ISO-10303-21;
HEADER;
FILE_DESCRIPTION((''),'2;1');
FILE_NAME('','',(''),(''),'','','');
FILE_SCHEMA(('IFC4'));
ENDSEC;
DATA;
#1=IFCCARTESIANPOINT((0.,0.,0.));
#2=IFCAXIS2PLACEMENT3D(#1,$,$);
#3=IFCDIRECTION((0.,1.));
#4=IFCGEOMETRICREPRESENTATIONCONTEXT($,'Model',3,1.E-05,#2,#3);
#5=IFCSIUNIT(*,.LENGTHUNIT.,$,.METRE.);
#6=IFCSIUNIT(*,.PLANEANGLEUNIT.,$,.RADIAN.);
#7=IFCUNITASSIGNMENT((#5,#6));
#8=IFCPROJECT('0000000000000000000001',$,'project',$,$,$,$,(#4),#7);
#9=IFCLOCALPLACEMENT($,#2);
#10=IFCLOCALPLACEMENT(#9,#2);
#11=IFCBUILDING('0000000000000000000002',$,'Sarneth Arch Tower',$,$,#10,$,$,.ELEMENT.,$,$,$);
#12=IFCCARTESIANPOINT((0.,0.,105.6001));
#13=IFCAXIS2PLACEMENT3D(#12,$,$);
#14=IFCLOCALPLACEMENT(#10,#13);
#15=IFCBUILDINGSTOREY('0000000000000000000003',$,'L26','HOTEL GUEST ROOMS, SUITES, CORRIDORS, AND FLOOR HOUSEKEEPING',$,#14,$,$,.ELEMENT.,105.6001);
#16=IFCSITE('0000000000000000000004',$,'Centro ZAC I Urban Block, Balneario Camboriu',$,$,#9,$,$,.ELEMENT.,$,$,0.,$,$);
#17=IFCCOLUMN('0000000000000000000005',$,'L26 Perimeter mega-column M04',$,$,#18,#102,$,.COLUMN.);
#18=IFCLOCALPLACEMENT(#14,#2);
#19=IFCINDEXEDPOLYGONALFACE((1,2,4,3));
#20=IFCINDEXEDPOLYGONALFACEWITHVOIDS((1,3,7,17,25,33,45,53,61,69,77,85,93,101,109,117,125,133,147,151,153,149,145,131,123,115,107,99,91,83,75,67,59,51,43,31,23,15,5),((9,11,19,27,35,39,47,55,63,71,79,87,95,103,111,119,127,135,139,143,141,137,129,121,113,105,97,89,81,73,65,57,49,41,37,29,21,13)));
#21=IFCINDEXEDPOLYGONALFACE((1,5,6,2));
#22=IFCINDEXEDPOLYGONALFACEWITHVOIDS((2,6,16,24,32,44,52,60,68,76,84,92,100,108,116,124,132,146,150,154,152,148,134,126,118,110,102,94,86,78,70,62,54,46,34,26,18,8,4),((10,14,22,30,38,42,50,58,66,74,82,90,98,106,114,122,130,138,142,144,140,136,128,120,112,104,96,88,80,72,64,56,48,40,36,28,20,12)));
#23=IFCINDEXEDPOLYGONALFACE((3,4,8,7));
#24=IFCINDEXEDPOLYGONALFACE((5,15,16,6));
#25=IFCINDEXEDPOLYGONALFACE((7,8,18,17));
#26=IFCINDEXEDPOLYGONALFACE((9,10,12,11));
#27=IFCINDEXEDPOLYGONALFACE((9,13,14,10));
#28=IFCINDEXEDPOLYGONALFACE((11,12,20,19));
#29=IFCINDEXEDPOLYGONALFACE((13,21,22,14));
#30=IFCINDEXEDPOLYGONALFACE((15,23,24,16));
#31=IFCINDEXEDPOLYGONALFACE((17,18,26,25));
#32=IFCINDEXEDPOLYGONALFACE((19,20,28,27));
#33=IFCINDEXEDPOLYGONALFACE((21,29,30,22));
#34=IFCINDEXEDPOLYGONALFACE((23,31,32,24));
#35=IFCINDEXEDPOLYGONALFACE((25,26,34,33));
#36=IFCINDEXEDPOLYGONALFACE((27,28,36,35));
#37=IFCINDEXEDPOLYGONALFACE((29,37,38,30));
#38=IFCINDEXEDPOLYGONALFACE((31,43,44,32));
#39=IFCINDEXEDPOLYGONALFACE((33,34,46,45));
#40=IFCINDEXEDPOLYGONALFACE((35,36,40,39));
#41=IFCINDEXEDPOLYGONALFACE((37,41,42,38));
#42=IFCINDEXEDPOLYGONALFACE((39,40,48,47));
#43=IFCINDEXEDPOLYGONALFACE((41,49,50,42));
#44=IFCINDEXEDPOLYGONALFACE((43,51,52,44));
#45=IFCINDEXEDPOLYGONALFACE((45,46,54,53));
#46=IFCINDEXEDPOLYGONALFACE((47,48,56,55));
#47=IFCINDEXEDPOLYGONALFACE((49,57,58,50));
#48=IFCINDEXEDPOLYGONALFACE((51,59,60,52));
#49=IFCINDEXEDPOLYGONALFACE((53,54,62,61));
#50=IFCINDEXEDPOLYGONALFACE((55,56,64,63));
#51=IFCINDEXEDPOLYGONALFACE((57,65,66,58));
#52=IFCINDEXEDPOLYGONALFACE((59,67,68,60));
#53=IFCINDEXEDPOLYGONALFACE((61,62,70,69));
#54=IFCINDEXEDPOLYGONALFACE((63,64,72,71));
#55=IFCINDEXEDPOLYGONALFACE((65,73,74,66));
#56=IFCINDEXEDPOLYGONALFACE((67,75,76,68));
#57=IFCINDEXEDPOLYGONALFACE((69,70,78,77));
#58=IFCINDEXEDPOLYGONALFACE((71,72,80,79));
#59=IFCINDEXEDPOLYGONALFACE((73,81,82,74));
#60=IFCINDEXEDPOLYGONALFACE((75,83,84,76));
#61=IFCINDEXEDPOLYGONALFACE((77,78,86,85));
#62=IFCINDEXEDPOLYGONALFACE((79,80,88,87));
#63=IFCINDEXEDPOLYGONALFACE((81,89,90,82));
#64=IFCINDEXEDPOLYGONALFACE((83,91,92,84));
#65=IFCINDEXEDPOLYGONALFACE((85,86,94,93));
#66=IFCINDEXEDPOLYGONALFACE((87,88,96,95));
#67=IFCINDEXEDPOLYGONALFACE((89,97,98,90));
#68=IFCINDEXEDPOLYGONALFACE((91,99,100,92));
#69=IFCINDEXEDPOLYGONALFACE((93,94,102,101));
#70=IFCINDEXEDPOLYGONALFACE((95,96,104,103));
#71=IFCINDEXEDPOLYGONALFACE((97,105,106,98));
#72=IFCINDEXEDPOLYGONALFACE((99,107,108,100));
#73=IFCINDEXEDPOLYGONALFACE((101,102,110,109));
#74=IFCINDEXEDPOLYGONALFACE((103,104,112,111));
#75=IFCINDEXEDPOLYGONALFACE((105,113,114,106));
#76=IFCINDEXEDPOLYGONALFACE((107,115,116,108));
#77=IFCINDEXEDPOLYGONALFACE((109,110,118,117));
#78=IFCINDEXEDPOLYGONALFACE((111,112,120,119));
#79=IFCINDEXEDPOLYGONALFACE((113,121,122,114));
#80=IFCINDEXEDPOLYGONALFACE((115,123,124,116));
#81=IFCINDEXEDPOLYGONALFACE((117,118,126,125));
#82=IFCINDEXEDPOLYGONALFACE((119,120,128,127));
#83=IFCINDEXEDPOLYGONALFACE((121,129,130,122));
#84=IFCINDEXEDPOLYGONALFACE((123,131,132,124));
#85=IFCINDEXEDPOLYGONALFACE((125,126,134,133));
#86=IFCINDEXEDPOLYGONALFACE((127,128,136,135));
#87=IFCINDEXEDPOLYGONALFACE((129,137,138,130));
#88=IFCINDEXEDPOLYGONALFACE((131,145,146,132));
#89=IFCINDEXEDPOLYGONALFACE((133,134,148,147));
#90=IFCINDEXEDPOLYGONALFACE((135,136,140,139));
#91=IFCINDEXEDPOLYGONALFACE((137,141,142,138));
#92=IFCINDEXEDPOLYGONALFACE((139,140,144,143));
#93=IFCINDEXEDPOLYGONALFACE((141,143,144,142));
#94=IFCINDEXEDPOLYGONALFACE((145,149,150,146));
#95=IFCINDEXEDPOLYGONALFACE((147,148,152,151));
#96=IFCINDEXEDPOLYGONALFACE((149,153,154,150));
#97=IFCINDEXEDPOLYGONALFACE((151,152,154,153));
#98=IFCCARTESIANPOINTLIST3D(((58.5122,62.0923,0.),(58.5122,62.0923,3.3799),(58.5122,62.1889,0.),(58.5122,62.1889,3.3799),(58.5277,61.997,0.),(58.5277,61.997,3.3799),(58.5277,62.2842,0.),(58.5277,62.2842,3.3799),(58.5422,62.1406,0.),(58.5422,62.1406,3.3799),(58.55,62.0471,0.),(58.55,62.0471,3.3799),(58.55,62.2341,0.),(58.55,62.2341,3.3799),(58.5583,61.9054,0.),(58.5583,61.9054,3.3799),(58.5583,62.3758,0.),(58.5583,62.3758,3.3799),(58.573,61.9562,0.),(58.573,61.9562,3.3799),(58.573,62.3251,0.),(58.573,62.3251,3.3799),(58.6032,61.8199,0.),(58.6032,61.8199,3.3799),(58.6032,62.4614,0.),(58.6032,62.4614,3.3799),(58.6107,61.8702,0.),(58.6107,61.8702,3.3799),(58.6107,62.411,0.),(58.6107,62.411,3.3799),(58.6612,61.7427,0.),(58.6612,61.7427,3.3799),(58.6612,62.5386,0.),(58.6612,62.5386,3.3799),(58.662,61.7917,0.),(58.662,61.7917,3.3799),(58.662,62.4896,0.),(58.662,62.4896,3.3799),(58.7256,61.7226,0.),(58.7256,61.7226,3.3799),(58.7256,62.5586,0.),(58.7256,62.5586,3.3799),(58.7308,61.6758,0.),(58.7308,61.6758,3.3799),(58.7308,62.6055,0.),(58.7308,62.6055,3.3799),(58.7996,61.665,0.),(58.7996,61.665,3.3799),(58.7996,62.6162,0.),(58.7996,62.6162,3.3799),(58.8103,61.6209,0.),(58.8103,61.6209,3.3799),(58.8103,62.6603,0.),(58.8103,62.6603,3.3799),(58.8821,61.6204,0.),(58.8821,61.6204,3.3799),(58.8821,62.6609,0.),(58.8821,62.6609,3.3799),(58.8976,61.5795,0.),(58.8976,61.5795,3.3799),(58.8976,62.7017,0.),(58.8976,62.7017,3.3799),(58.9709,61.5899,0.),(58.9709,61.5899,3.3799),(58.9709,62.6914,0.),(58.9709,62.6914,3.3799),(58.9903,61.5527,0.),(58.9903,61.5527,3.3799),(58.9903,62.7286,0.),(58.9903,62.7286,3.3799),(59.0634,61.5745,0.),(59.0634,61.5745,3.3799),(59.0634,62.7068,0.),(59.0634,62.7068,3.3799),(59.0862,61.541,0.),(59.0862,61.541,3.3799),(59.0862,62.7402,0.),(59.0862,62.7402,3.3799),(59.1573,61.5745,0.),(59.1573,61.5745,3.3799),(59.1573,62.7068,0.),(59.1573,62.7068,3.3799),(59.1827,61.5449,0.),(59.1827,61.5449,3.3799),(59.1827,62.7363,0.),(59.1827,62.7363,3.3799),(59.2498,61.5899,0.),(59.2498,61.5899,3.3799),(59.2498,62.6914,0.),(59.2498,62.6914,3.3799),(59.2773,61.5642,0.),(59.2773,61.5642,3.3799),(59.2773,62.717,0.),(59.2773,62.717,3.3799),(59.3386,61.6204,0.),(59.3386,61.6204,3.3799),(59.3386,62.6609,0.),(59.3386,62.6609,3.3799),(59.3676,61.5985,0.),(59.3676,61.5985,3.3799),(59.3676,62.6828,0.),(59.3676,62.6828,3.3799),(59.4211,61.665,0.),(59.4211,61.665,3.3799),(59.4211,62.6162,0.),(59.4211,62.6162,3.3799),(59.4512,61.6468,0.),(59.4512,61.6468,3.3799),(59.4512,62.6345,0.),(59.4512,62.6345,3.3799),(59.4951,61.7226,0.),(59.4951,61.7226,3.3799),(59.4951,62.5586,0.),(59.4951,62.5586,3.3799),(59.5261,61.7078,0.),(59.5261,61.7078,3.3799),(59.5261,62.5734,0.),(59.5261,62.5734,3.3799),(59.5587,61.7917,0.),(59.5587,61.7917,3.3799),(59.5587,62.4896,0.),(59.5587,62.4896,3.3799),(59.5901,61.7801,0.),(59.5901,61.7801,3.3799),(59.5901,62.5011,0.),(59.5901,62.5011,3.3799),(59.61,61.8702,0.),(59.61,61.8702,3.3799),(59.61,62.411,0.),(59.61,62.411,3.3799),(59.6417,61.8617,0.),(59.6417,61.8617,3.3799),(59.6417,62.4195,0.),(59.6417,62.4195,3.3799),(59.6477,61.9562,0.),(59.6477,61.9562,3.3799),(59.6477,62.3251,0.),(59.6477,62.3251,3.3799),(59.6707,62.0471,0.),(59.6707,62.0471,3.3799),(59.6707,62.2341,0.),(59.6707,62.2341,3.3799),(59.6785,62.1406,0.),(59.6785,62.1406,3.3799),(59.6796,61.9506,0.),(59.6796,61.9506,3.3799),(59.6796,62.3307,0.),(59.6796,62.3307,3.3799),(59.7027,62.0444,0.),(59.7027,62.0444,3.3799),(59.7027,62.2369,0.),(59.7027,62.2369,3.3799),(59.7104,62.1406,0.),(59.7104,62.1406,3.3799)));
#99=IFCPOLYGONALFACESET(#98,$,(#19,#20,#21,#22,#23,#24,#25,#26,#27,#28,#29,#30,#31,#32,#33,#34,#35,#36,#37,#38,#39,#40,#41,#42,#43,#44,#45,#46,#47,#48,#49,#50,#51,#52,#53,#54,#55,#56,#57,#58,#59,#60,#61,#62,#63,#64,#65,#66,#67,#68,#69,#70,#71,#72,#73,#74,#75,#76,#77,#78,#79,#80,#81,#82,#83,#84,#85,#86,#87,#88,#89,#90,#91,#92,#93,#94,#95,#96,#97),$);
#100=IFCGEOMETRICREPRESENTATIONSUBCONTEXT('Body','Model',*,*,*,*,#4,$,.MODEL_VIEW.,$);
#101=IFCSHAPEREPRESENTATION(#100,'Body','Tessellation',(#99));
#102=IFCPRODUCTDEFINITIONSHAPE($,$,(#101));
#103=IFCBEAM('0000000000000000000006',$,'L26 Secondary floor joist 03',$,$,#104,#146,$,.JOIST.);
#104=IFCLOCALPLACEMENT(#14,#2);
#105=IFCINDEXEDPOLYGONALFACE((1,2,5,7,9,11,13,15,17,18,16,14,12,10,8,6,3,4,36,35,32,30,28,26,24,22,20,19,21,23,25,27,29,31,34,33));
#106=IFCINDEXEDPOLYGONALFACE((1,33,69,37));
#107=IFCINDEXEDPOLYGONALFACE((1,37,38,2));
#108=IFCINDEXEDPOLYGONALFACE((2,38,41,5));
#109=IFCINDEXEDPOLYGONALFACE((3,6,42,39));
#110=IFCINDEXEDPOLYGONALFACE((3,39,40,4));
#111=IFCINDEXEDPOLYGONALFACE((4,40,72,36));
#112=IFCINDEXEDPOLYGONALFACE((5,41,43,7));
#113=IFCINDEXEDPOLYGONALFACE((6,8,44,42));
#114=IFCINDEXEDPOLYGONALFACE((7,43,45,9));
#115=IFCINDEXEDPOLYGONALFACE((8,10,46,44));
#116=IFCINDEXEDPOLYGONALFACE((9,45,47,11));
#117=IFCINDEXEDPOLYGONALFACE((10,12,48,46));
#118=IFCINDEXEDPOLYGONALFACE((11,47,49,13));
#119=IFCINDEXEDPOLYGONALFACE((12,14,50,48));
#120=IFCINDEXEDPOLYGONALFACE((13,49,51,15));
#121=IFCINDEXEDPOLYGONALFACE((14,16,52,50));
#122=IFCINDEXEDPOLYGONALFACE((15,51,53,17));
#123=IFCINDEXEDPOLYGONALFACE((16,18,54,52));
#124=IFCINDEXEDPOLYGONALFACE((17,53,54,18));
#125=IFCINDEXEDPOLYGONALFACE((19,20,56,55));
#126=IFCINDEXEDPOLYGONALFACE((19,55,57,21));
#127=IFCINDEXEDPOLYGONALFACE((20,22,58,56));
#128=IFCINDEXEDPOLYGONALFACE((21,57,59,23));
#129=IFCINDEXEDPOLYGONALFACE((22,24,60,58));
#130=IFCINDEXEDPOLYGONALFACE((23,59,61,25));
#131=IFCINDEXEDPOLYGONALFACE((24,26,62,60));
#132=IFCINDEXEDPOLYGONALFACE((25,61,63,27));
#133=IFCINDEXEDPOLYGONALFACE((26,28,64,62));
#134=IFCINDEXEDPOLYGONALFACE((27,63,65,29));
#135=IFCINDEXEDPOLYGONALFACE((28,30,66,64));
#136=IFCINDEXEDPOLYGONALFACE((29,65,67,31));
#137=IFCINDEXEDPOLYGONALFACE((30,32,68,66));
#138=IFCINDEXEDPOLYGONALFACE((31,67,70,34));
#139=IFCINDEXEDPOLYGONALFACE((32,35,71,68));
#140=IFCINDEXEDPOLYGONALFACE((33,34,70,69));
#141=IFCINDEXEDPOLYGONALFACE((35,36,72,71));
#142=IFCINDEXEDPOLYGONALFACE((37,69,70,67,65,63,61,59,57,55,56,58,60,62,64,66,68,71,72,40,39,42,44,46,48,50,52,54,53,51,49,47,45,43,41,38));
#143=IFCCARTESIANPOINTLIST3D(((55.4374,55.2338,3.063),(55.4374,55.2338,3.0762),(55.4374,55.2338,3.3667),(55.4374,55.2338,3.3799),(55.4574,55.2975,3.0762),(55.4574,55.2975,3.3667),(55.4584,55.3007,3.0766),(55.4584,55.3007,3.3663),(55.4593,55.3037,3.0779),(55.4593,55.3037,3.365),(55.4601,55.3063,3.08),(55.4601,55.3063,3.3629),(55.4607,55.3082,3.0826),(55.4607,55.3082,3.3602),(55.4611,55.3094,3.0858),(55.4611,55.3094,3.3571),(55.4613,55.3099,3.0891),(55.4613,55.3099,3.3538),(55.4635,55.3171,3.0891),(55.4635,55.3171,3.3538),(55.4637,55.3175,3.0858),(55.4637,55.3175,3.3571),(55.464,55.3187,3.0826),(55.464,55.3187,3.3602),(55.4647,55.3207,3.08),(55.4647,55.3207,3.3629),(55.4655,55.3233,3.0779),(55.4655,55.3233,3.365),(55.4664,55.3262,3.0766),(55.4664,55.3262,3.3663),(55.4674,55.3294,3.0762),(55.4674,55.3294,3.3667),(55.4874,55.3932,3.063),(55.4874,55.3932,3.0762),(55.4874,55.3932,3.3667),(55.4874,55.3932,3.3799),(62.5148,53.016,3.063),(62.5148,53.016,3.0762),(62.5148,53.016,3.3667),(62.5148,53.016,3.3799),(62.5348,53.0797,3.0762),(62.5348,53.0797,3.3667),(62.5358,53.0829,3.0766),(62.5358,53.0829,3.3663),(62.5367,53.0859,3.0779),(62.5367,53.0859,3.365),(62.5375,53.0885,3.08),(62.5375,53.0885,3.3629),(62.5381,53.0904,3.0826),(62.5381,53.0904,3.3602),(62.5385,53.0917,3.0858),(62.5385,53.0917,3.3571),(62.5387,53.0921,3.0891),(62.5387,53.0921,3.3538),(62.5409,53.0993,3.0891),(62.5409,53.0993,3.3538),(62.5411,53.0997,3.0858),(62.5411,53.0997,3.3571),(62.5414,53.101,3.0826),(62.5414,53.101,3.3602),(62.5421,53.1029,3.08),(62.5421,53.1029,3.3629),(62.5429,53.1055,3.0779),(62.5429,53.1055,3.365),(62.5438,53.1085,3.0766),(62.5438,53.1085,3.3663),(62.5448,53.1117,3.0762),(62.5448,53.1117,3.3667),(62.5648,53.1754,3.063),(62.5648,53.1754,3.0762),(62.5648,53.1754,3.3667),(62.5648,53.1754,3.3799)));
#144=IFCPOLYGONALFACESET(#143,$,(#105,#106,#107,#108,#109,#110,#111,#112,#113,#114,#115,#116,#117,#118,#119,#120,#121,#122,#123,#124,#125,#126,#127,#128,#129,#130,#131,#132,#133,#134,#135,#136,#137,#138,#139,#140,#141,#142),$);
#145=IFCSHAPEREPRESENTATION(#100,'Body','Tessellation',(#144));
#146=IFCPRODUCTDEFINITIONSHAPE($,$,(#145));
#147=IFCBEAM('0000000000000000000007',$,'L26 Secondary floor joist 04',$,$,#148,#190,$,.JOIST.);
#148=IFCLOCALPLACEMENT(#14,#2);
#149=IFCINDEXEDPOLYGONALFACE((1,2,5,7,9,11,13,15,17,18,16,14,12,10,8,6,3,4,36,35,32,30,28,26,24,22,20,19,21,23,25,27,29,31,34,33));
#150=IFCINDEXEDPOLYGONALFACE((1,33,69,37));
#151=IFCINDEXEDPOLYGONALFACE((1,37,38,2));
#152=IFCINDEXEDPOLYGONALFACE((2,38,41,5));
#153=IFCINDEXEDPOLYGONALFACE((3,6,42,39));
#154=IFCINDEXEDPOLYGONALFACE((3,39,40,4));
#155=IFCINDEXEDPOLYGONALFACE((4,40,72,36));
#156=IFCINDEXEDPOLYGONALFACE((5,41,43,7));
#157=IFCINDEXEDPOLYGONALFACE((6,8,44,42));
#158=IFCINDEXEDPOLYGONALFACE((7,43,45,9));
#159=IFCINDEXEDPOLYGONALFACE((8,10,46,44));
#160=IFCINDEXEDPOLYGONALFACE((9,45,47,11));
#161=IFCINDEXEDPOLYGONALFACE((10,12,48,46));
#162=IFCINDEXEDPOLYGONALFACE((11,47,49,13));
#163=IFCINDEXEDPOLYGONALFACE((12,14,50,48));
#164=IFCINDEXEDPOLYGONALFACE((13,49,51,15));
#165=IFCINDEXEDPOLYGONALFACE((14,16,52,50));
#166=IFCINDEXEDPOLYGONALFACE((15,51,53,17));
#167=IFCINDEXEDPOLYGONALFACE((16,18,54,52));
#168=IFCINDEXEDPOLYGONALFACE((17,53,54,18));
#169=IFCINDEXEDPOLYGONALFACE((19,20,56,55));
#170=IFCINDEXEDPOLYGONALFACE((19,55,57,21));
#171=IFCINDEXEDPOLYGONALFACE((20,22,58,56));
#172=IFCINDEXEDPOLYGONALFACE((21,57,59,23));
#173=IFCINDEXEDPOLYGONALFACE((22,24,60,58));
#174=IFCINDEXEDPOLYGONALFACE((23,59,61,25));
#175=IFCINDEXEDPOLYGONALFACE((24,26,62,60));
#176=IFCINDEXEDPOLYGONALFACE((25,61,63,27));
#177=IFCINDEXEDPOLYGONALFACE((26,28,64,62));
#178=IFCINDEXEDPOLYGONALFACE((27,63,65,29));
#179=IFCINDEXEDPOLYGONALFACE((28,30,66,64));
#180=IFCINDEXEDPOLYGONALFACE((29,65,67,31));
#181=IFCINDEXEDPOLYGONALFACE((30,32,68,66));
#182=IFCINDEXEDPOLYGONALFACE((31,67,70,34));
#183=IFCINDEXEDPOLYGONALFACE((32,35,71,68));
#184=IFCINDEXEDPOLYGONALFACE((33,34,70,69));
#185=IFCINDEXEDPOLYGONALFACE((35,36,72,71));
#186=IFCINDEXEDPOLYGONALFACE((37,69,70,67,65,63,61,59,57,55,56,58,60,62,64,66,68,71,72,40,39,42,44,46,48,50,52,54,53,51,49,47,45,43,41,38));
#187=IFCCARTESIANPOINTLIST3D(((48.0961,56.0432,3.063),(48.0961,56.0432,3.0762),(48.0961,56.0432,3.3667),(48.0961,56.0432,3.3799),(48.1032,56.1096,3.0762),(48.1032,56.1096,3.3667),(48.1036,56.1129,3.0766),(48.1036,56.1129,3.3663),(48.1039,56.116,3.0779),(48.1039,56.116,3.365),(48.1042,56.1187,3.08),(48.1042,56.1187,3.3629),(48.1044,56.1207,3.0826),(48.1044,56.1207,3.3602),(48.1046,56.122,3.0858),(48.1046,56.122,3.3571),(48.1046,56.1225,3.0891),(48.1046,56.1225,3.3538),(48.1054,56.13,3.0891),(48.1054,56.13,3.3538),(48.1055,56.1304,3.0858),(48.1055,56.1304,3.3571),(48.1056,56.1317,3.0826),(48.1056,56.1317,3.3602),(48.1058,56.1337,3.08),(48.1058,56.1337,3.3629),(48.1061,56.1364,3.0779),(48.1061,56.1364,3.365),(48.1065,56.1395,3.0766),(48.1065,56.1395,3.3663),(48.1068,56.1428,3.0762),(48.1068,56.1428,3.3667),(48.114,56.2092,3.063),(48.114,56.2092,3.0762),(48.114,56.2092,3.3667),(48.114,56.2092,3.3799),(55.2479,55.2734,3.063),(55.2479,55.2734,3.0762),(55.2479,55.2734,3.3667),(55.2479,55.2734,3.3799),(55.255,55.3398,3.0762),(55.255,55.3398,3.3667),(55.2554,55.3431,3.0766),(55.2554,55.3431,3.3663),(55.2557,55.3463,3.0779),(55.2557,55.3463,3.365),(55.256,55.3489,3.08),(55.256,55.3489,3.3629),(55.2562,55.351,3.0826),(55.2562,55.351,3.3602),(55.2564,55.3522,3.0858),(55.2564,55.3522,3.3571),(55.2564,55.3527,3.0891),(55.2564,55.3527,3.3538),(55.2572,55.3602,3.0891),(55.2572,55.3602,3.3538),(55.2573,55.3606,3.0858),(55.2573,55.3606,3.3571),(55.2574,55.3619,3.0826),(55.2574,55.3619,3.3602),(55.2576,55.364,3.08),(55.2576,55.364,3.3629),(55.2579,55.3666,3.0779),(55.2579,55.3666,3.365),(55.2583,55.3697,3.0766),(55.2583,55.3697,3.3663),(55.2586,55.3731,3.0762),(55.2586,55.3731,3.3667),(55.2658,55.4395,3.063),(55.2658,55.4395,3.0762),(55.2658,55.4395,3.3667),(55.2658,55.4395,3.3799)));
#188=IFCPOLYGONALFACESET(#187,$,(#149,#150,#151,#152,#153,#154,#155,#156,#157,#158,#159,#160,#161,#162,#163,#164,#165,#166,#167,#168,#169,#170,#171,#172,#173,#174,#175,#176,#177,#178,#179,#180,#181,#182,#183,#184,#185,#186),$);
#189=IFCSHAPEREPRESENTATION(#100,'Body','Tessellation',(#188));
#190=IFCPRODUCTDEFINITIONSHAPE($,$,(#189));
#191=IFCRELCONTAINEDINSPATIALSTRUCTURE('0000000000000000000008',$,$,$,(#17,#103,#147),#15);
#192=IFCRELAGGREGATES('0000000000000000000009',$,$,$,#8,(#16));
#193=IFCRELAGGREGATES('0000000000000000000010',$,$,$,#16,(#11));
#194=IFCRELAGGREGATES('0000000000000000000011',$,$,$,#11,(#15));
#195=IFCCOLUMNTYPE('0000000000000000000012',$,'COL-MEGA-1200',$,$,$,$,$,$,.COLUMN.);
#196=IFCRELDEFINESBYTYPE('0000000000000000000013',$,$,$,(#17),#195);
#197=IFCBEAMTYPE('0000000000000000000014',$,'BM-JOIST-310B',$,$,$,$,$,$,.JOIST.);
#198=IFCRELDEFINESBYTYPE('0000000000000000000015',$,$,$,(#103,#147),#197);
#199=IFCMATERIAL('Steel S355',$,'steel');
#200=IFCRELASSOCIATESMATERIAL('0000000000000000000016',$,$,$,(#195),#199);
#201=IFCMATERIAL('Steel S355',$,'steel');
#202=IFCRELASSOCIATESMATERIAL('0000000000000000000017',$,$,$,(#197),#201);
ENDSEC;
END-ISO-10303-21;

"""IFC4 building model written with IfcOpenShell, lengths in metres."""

from ifc_helpers import new_model, si_unit, direction, frame, origin, origin_2d, place, context, subcontext, project, spatial, hollow_circle, i_section, extrude, material, material_profile, profile_set, type_object, element, save


model = new_model("IFC4")

# Units and contexts
model_context = context("Model", 3, precision=1e-05, world=origin(), true_north=direction((0.0, 1.0)))
body_context = subcontext(model_context, "Body", "Model", "MODEL_VIEW")
ifc_project = project(units=[si_unit("LENGTHUNIT", "METRE"), si_unit("PLANEANGLEUNIT", "RADIAN")], contexts=[model_context])

# Site, building, storey
site_placement = place(None, origin())
site = spatial("IfcSite", under=ifc_project, at=site_placement, Name="Centro ZAC I Urban Block, Balneario Camboriu", CompositionType="ELEMENT", RefElevation=0.0)
building_placement = place(site_placement, origin())
building = spatial("IfcBuilding", under=site, at=building_placement, Name="Sarneth Arch Tower", CompositionType="ELEMENT")
storey_placement = place(building_placement, frame((0.0, 0.0, 105.6001)))
storey = spatial("IfcBuildingStorey", under=building, at=storey_placement, Name="L26", Description="HOTEL GUEST ROOMS, SUITES, CORRIDORS, AND FLOOR HOUSEKEEPING", CompositionType="ELEMENT", Elevation=105.6001)

# Column
ifc_material_1 = material(Name="Steel S355", Category="steel")
ifc_material_profile_1 = material_profile(ifc_material_1, hollow_circle(Radius=0.6001, WallThickness=0.032, at=origin_2d()), Name="CHS1200x32")
ifc_profile_set_1 = profile_set([ifc_material_profile_1], Name="Steel S355")
column_type = type_object("IfcColumnType", Name="COL-MEGA-1200", PredefinedType="COLUMN", material=ifc_profile_set_1)
column_placement = place(storey_placement, frame((59.1104, 62.1406, 0.0), z_axis=(0.0, 0.0, 1.0), x_axis=(1.0, 0.0, 0.0)))
element("IfcColumn", 1, at=column_placement, inside=storey, type_object=column_type, Name="L26 Perimeter mega-column M04", PredefinedType="COLUMN", context=body_context, shape_type="SweptSolid", body=[
    extrude(hollow_circle(Radius=0.6001, WallThickness=0.032, at=origin_2d()), origin(), (0.0, 0.0, 1.0), 3.3799),
])

# Beams
ifc_material_2 = material(Name="Steel S355", Category="steel")
ifc_material_profile_2 = material_profile(ifc_material_2, i_section(OverallWidth=0.167, OverallDepth=0.3169, WebThickness=0.0076, FlangeThickness=0.0132, FilletRadius=0.0129, at=origin_2d()), Name="W310x52")
ifc_profile_set_2 = profile_set([ifc_material_profile_2], Name="Steel S355")
beam_type_1 = type_object("IfcBeamType", Name="BM-JOIST-310B", PredefinedType="JOIST", material=ifc_profile_set_2)
beam_1_placement = place(storey_placement, frame((62.5398, 53.0957, 3.2214), z_axis=(-0.954246, 0.299023, 0.0), x_axis=(-0.299023, -0.954246, 0.0)))
element("IfcBeam", 2, at=beam_1_placement, inside=storey, type_object=beam_type_1, Name="L26 Secondary floor joist 03", PredefinedType="JOIST", context=body_context, shape_type="SweptSolid", body=[
    extrude(i_section(OverallWidth=0.167, OverallDepth=0.3169, WebThickness=0.0076, FlangeThickness=0.0132, FilletRadius=0.0129, at=origin_2d()), origin(), (0.0, 0.0, 1.0), 7.4167),
])
beam_2_placement = place(storey_placement, frame((55.2568, 55.3564, 3.2214), z_axis=(-0.994257, 0.107015, 0.0), x_axis=(-0.107015, -0.994257, 0.0)))
element("IfcBeam", 3, at=beam_2_placement, inside=storey, type_object=beam_type_1, Name="L26 Secondary floor joist 04", PredefinedType="JOIST", context=body_context, shape_type="SweptSolid", body=[
    extrude(i_section(OverallWidth=0.167, OverallDepth=0.3169, WebThickness=0.0076, FlangeThickness=0.0132, FilletRadius=0.0129, at=origin_2d()), origin(), (0.0, 0.0, 1.0), 7.1931),
])

save(model, "model.ifc")
